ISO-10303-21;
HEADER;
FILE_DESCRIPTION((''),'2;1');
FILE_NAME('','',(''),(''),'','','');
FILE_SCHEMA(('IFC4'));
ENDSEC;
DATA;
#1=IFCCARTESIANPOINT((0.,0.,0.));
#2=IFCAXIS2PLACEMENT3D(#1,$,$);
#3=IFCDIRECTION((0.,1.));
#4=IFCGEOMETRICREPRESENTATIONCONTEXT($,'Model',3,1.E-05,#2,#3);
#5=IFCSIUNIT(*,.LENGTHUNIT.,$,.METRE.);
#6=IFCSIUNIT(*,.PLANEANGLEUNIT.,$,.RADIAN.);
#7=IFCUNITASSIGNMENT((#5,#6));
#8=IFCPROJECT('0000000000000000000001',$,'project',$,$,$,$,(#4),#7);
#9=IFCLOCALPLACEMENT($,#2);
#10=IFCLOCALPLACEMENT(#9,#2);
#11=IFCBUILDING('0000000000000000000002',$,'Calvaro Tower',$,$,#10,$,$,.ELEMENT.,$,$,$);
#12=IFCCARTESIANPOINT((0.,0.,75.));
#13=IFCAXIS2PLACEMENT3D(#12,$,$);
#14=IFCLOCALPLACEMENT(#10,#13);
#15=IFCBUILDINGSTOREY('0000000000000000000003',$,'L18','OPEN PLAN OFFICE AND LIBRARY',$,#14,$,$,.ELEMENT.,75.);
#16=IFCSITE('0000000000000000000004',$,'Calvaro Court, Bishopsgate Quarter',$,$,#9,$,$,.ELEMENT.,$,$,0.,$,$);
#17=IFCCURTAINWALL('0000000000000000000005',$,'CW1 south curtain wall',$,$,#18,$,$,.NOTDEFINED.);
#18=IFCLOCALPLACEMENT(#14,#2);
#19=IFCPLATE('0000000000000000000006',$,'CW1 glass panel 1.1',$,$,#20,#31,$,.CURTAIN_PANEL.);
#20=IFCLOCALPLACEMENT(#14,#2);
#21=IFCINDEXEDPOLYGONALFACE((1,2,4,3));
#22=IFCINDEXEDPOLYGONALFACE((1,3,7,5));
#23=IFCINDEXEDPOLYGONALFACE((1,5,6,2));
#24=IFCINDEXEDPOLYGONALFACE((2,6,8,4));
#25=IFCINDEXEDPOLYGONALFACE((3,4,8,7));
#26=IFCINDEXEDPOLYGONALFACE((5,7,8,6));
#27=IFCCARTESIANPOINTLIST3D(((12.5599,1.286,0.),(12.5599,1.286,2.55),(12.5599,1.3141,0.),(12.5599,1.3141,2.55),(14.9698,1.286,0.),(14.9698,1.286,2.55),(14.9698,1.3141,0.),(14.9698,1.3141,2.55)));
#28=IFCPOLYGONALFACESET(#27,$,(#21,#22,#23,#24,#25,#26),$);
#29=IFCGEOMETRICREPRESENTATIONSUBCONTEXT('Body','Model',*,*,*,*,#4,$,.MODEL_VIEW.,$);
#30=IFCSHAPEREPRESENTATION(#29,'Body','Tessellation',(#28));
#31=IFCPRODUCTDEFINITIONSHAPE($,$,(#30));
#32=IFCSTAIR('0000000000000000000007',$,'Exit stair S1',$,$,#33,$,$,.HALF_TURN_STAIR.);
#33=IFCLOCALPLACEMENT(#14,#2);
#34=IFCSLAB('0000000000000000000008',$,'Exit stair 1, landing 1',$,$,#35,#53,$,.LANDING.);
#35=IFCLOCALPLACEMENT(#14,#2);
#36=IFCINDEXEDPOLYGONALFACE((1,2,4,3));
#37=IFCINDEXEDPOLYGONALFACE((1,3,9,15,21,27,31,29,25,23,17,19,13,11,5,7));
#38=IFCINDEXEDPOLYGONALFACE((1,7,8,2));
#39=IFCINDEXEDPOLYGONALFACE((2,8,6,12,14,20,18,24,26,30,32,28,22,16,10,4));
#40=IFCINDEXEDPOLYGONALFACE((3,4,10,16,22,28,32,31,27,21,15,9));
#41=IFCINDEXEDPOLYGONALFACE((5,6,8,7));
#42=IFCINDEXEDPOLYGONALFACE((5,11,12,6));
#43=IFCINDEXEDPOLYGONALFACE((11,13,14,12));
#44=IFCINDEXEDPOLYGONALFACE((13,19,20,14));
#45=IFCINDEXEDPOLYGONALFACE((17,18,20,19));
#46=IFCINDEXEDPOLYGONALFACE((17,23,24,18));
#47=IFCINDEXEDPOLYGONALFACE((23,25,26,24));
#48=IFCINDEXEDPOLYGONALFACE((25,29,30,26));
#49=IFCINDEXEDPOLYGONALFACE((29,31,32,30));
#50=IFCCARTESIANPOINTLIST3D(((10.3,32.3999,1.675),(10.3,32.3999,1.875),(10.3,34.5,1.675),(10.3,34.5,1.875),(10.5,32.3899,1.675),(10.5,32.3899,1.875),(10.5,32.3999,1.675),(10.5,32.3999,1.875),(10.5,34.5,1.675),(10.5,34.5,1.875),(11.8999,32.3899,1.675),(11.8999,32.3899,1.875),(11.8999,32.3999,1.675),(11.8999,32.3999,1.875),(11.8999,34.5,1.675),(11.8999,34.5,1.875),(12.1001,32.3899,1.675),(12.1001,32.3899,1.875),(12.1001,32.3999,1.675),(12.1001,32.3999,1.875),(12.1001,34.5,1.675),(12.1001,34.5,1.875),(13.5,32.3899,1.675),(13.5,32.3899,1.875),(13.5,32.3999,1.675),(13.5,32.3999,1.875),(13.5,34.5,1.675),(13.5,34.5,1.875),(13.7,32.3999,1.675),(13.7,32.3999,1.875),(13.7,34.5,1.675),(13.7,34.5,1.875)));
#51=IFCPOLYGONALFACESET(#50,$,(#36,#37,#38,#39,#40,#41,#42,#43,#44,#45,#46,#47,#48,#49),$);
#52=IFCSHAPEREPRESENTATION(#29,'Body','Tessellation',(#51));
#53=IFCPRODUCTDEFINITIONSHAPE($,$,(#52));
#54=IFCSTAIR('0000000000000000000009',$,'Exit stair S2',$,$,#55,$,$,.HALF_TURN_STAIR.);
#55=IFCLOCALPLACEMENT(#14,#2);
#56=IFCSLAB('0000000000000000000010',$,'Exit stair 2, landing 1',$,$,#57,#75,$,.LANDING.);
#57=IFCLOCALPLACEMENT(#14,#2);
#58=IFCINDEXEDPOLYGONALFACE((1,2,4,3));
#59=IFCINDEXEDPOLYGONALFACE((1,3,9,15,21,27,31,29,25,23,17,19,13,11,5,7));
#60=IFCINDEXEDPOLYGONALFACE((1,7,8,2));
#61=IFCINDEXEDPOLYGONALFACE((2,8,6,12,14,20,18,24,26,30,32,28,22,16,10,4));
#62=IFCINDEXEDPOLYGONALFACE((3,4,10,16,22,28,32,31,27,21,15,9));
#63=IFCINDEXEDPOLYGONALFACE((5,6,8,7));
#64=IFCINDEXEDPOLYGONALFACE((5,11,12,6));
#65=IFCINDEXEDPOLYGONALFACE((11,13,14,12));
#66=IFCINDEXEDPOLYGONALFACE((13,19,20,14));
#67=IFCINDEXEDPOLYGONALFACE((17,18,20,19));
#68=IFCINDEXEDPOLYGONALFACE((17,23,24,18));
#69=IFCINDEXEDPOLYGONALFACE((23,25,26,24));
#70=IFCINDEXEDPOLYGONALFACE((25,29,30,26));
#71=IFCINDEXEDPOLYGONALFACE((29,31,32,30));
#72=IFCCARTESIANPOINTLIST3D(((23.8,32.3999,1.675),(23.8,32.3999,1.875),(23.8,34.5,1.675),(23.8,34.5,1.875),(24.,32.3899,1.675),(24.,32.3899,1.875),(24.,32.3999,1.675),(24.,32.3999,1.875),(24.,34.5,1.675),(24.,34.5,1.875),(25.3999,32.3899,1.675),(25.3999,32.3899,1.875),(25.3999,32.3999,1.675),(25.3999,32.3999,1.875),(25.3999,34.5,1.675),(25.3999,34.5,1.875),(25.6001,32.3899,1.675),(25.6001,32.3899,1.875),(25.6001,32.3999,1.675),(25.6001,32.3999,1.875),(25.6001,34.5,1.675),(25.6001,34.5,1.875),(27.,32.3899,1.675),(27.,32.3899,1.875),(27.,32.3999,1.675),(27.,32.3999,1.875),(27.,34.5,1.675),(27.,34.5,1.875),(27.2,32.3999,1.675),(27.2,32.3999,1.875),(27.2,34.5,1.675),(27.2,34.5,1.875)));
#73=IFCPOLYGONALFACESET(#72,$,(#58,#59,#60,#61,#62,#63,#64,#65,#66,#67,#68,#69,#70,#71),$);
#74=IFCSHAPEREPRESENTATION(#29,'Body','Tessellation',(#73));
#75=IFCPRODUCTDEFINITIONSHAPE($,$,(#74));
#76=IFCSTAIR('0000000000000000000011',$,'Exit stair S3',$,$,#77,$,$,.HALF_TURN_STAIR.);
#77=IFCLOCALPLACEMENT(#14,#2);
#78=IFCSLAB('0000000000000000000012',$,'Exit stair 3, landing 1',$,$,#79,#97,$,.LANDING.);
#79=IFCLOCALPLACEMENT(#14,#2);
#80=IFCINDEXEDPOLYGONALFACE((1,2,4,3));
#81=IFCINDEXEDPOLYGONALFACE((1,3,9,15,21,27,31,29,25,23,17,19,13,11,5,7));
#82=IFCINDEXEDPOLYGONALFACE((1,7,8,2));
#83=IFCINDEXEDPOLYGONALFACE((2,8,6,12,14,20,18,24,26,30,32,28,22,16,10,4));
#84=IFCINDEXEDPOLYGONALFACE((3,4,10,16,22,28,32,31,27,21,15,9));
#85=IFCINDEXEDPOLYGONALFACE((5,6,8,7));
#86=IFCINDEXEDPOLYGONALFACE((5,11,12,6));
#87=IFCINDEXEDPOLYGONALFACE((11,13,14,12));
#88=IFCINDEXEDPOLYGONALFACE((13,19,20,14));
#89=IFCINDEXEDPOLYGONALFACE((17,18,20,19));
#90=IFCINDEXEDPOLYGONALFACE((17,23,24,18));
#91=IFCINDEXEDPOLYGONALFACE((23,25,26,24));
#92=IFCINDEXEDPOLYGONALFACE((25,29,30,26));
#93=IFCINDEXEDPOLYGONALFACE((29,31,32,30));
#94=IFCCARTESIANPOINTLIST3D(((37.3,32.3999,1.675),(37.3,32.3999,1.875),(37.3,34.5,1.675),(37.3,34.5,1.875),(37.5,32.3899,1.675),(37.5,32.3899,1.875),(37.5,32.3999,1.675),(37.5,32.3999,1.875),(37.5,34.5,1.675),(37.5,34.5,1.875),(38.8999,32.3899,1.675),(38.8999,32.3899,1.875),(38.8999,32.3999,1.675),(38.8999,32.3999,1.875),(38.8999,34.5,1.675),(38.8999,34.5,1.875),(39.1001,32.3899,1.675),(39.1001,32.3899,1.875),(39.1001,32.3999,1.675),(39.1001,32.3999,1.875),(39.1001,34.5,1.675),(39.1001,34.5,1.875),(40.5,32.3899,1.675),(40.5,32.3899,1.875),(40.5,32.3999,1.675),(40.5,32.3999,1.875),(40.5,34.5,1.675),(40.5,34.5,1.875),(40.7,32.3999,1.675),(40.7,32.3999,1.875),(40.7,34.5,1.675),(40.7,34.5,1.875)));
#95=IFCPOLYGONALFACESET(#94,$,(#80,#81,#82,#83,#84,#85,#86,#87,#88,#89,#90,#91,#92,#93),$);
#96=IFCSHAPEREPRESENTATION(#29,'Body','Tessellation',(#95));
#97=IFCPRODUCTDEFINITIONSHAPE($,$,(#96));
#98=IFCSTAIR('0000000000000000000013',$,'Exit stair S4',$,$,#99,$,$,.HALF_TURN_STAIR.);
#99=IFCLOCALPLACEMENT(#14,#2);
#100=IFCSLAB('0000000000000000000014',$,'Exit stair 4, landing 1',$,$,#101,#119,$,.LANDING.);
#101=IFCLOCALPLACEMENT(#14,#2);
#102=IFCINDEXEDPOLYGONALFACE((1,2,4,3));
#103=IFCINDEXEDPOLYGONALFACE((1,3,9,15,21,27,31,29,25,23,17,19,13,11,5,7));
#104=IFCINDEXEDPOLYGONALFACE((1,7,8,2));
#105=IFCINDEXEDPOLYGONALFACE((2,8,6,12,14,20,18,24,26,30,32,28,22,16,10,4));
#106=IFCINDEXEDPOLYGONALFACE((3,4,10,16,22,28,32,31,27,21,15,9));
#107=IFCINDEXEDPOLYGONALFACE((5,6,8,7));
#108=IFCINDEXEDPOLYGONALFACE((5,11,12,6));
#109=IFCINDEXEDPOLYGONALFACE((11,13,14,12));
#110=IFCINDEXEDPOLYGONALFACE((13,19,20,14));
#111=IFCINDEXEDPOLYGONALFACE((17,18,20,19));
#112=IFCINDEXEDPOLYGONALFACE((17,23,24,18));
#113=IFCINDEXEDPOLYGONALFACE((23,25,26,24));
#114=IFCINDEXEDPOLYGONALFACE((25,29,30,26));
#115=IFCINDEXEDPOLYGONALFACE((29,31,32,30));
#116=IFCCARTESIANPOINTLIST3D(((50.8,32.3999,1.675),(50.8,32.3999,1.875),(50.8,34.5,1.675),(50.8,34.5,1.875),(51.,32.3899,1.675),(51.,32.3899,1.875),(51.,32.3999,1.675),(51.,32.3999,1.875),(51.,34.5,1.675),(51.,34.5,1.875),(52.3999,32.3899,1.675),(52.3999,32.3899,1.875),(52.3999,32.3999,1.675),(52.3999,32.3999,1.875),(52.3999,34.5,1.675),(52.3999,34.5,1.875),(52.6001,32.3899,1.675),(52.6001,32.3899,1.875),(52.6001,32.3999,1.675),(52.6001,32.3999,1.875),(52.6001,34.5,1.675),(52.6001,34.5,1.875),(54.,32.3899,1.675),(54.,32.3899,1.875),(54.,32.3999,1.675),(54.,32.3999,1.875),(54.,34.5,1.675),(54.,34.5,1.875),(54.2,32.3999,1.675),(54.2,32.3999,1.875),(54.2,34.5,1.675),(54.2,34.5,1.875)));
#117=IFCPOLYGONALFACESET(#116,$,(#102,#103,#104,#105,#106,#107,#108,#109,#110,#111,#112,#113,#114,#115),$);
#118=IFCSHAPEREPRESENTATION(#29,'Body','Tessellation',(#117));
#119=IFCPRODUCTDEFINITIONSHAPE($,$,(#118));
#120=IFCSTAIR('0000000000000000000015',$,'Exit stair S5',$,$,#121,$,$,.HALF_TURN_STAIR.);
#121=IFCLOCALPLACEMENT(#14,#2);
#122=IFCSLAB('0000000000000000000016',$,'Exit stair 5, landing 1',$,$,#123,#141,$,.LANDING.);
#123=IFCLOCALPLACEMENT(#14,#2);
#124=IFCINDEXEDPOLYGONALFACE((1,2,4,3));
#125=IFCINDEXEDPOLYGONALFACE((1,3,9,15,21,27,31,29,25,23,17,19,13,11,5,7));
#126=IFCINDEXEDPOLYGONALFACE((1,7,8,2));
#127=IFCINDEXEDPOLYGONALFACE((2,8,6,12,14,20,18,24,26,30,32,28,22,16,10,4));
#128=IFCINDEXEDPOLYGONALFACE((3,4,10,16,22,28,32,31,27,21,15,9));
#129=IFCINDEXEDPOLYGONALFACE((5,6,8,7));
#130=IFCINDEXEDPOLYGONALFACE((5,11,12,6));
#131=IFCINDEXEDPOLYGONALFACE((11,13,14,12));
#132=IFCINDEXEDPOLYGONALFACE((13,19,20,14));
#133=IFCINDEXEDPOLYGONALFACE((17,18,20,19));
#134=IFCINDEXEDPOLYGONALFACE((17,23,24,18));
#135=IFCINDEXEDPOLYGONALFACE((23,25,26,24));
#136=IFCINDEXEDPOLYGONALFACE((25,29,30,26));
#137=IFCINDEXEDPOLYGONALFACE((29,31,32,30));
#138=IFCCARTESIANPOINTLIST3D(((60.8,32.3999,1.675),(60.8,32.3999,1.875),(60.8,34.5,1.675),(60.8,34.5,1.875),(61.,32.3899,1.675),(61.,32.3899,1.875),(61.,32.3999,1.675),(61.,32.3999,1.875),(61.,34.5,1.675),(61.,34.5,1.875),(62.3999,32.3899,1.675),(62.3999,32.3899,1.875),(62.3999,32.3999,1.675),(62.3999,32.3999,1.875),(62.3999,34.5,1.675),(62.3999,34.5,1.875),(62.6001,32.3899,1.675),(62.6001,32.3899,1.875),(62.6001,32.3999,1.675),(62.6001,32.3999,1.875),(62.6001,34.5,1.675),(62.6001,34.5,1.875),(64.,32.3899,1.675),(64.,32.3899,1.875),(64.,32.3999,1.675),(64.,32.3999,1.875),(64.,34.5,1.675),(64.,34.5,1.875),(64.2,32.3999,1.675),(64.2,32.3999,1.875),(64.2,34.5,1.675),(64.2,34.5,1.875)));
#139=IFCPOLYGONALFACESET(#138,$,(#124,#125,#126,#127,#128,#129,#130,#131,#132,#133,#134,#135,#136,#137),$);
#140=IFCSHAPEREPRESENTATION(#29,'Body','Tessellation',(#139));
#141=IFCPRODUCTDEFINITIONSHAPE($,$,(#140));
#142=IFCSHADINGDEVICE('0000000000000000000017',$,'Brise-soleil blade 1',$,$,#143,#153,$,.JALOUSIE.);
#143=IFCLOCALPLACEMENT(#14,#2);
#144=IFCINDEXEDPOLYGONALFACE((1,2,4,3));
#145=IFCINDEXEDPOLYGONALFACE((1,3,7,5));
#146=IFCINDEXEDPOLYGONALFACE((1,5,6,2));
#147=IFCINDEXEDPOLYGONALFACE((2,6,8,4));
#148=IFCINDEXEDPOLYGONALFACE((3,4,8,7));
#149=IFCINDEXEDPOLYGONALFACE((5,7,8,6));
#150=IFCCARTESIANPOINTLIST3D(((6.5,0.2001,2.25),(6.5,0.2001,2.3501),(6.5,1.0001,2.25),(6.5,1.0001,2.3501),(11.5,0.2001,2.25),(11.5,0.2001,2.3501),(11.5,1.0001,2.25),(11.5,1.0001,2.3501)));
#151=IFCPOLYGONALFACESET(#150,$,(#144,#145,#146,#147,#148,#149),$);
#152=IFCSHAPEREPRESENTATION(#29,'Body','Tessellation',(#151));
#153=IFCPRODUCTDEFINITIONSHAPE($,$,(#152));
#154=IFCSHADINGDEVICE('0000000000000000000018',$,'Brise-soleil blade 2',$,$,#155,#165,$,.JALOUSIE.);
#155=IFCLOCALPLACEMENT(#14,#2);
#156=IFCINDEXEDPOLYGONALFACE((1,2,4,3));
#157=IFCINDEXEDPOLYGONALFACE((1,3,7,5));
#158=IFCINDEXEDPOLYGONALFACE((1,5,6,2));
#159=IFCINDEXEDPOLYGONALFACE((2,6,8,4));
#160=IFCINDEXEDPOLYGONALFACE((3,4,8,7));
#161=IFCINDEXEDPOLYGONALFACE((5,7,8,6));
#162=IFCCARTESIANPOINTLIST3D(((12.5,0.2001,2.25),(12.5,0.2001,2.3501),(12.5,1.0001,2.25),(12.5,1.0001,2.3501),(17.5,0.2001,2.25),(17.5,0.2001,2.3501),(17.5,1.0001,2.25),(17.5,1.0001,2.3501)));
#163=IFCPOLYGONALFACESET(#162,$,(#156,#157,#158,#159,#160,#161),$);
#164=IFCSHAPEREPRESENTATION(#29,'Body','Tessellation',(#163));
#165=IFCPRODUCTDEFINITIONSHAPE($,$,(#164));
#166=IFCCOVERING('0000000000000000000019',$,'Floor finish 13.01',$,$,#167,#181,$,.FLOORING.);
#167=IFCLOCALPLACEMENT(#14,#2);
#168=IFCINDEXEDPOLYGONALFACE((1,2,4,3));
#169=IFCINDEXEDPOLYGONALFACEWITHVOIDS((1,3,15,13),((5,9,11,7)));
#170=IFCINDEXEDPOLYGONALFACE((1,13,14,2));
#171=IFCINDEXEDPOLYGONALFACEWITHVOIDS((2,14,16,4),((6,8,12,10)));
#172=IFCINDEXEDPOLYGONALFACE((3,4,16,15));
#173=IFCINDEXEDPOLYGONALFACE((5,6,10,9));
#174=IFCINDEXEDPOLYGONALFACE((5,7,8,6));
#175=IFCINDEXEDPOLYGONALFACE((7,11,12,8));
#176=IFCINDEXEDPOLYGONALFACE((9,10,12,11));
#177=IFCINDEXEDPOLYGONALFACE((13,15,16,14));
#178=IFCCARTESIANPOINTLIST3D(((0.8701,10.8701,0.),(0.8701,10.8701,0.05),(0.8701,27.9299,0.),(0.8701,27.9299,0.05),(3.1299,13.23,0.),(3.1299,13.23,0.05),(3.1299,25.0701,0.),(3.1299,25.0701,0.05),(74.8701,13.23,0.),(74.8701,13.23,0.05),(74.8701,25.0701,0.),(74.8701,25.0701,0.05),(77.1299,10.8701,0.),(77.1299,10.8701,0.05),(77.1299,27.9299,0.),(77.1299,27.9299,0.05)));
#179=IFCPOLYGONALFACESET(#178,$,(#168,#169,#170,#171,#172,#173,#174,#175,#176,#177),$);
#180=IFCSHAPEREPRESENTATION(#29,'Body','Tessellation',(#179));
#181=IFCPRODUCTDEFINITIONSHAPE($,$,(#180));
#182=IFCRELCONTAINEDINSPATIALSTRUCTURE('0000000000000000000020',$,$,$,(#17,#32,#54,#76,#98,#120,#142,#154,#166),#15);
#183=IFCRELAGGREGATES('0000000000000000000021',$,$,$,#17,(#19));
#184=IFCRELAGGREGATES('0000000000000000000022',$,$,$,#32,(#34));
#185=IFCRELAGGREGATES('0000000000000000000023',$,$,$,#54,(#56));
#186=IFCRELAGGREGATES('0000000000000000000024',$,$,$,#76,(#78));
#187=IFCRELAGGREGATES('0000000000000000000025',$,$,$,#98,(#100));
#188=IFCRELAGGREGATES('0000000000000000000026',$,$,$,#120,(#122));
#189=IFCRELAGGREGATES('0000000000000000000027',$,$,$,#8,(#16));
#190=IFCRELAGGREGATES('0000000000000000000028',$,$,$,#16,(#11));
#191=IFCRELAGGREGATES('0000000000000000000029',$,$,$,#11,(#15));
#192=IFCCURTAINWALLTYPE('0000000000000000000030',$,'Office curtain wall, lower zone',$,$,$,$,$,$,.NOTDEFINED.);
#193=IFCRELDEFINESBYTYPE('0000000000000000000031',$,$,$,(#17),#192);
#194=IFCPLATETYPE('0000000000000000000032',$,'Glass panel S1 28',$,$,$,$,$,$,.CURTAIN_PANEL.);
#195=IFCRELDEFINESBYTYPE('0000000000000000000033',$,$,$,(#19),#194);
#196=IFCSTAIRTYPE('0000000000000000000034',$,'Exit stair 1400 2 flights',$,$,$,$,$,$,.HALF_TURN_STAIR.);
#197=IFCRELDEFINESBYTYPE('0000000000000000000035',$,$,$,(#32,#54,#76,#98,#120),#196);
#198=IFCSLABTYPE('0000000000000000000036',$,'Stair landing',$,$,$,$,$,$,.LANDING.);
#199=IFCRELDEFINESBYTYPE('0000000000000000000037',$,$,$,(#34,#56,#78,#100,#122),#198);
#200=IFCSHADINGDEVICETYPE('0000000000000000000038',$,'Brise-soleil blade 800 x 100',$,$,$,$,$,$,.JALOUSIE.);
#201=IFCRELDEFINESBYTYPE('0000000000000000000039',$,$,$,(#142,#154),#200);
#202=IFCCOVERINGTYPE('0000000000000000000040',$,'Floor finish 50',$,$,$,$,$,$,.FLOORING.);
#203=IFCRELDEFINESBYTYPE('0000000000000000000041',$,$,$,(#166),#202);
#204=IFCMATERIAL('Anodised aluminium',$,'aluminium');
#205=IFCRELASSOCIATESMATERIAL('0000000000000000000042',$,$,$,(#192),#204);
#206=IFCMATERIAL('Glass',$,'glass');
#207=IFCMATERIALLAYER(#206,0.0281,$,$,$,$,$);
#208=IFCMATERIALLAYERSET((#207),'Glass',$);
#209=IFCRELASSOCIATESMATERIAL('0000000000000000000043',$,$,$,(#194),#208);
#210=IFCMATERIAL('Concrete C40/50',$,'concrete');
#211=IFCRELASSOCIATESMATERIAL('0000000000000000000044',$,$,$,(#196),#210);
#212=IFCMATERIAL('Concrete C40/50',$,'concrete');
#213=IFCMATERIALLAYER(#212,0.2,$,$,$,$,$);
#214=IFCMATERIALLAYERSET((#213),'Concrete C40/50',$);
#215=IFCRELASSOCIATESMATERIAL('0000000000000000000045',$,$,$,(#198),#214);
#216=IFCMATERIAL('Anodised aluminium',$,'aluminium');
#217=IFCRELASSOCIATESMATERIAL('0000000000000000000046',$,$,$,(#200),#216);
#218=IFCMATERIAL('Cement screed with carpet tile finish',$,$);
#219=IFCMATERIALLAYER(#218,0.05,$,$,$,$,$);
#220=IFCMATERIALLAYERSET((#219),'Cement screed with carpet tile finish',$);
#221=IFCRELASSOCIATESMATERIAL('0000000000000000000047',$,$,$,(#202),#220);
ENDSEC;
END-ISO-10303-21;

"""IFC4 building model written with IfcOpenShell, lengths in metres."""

from ifc_helpers import new_model, si_unit, direction, frame, origin, origin_2d, place, context, subcontext, project, spatial, polyline, rectangle, outline, extrude, material, layer, layer_set, material_profile, profile_set, type_object, element, aggregate, save


model = new_model("IFC4")

# Units and contexts
model_context = context("Model", 3, precision=1e-05, world=origin(), true_north=direction((0.0, 1.0)))
body_context = subcontext(model_context, "Body", "Model", "MODEL_VIEW")
ifc_project = project(units=[si_unit("LENGTHUNIT", "METRE"), si_unit("PLANEANGLEUNIT", "RADIAN")], contexts=[model_context])

# Site, building, storey
site_placement = place(None, origin())
site = spatial("IfcSite", under=ifc_project, at=site_placement, Name="Calvaro Court, Bishopsgate Quarter", CompositionType="ELEMENT", RefElevation=0.0)
building_placement = place(site_placement, origin())
building = spatial("IfcBuilding", under=site, at=building_placement, Name="Calvaro Tower", CompositionType="ELEMENT")
storey_placement = place(building_placement, frame((0.0, 0.0, 75.0)))
storey = spatial("IfcBuildingStorey", under=building, at=storey_placement, Name="L18", Description="OPEN PLAN OFFICE AND LIBRARY", CompositionType="ELEMENT", Elevation=75.0)

# Shared definitions
ifc_material_1 = material(Name="Anodised aluminium", Category="aluminium")
curtain_wall_type = type_object("IfcCurtainWallType", Name="Office curtain wall, lower zone", PredefinedType="NOTDEFINED", material=ifc_material_1)

# Curtain wall
curtain_wall_1_placement = place(storey_placement, origin())
curtain_wall_1 = element("IfcCurtainWall", 1, at=curtain_wall_1_placement, inside=storey, type_object=curtain_wall_type, Name="CW1 south curtain wall", PredefinedType="NOTDEFINED")

# Plate
ifc_material_2 = material(Name="Glass", Category="glass")
ifc_layer_1 = layer(ifc_material_2, 0.0281)
ifc_layer_set_1 = layer_set([ifc_layer_1], Name="Glass")
plate_type = type_object("IfcPlateType", Name="Glass panel S1 28", PredefinedType="CURTAIN_PANEL", material=ifc_layer_set_1)
plate_1_placement = place(storey_placement, frame((13.7649, 1.3, 0.0), z_axis=(0.0, 0.0, 1.0), x_axis=(1.0, 0.0, 0.0)))
plate_1 = element("IfcPlate", 2, at=plate_1_placement, type_object=plate_type, Name="CW1 glass panel 1.1", PredefinedType="CURTAIN_PANEL", context=body_context, shape_type="SweptSolid", body=[
    extrude(rectangle(XDim=2.4099, YDim=0.0281, at=origin_2d()), origin(), (0.0, 0.0, 1.0), 2.55),
])
aggregate(curtain_wall_1, [plate_1])

# Stairs, slabs
ifc_material_3 = material(Name="Concrete C40/50", Category="concrete")
stair_type = type_object("IfcStairType", Name="Exit stair 1400 2 flights", PredefinedType="HALF_TURN_STAIR", material=ifc_material_3)
stair_1_placement = place(storey_placement, origin())
stair_1 = element("IfcStair", 3, at=stair_1_placement, inside=storey, type_object=stair_type, Name="Exit stair S1", PredefinedType="HALF_TURN_STAIR")
ifc_material_4 = material(Name="Concrete C40/50", Category="concrete")
ifc_layer_2 = layer(ifc_material_4, 0.2)
ifc_layer_set_2 = layer_set([ifc_layer_2], Name="Concrete C40/50")
slab_type_1 = type_object("IfcSlabType", Name="Stair landing", PredefinedType="LANDING", material=ifc_layer_set_2)
slab_1_placement = place(storey_placement, frame((0.0, 0.0, 1.675)))
slab_1 = element("IfcSlab", 4, at=slab_1_placement, type_object=slab_type_1, Name="Exit stair 1, landing 1", PredefinedType="LANDING", context=body_context, shape_type="SweptSolid", body=[
    extrude(outline(polyline([(11.8999, 32.3899), (10.5, 32.3899), (10.5, 32.3999), (10.3, 32.3999), (10.3, 34.5), (10.5, 34.5), (11.8999, 34.5), (12.1001, 34.5), (13.5, 34.5), (13.7, 34.5), (13.7, 32.3999), (13.5, 32.3999), (13.5, 32.3899), (12.1001, 32.3899), (12.1001, 32.3999), (11.8999, 32.3999), (11.8999, 32.3899)])), origin(), (0.0, 0.0, 1.0), 0.2),
])
aggregate(stair_1, [slab_1])
stair_2_placement = place(storey_placement, origin())
stair_2 = element("IfcStair", 5, at=stair_2_placement, inside=storey, type_object=stair_type, Name="Exit stair S2", PredefinedType="HALF_TURN_STAIR")
slab_2_placement = place(storey_placement, frame((0.0, 0.0, 1.675)))
slab_2 = element("IfcSlab", 6, at=slab_2_placement, type_object=slab_type_1, Name="Exit stair 2, landing 1", PredefinedType="LANDING", context=body_context, shape_type="SweptSolid", body=[
    extrude(outline(polyline([(25.3999, 32.3899), (24.0, 32.3899), (24.0, 32.3999), (23.8, 32.3999), (23.8, 34.5), (24.0, 34.5), (25.3999, 34.5), (25.6001, 34.5), (27.0, 34.5), (27.2, 34.5), (27.2, 32.3999), (27.0, 32.3999), (27.0, 32.3899), (25.6001, 32.3899), (25.6001, 32.3999), (25.3999, 32.3999), (25.3999, 32.3899)])), origin(), (0.0, 0.0, 1.0), 0.2),
])
aggregate(stair_2, [slab_2])
stair_3_placement = place(storey_placement, origin())
stair_3 = element("IfcStair", 7, at=stair_3_placement, inside=storey, type_object=stair_type, Name="Exit stair S3", PredefinedType="HALF_TURN_STAIR")
slab_3_placement = place(storey_placement, frame((0.0, 0.0, 1.675)))
slab_3 = element("IfcSlab", 8, at=slab_3_placement, type_object=slab_type_1, Name="Exit stair 3, landing 1", PredefinedType="LANDING", context=body_context, shape_type="SweptSolid", body=[
    extrude(outline(polyline([(38.8999, 32.3899), (37.5, 32.3899), (37.5, 32.3999), (37.3, 32.3999), (37.3, 34.5), (37.5, 34.5), (38.8999, 34.5), (39.1001, 34.5), (40.5, 34.5), (40.7, 34.5), (40.7, 32.3999), (40.5, 32.3999), (40.5, 32.3899), (39.1001, 32.3899), (39.1001, 32.3999), (38.8999, 32.3999), (38.8999, 32.3899)])), origin(), (0.0, 0.0, 1.0), 0.2),
])
aggregate(stair_3, [slab_3])
stair_4_placement = place(storey_placement, origin())
stair_4 = element("IfcStair", 9, at=stair_4_placement, inside=storey, type_object=stair_type, Name="Exit stair S4", PredefinedType="HALF_TURN_STAIR")
slab_4_placement = place(storey_placement, frame((0.0, 0.0, 1.675)))
slab_4 = element("IfcSlab", 10, at=slab_4_placement, type_object=slab_type_1, Name="Exit stair 4, landing 1", PredefinedType="LANDING", context=body_context, shape_type="SweptSolid", body=[
    extrude(outline(polyline([(52.3999, 32.3899), (51.0, 32.3899), (51.0, 32.3999), (50.8, 32.3999), (50.8, 34.5), (51.0, 34.5), (52.3999, 34.5), (52.6001, 34.5), (54.0, 34.5), (54.2, 34.5), (54.2, 32.3999), (54.0, 32.3999), (54.0, 32.3899), (52.6001, 32.3899), (52.6001, 32.3999), (52.3999, 32.3999), (52.3999, 32.3899)])), origin(), (0.0, 0.0, 1.0), 0.2),
])
aggregate(stair_4, [slab_4])
stair_5_placement = place(storey_placement, origin())
stair_5 = element("IfcStair", 11, at=stair_5_placement, inside=storey, type_object=stair_type, Name="Exit stair S5", PredefinedType="HALF_TURN_STAIR")
slab_5_placement = place(storey_placement, frame((0.0, 0.0, 1.675)))
slab_5 = element("IfcSlab", 12, at=slab_5_placement, type_object=slab_type_1, Name="Exit stair 5, landing 1", PredefinedType="LANDING", context=body_context, shape_type="SweptSolid", body=[
    extrude(outline(polyline([(62.3999, 32.3899), (61.0, 32.3899), (61.0, 32.3999), (60.8, 32.3999), (60.8, 34.5), (61.0, 34.5), (62.3999, 34.5), (62.6001, 34.5), (64.0, 34.5), (64.2, 34.5), (64.2, 32.3999), (64.0, 32.3999), (64.0, 32.3899), (62.6001, 32.3899), (62.6001, 32.3999), (62.3999, 32.3999), (62.3999, 32.3899)])), origin(), (0.0, 0.0, 1.0), 0.2),
])
aggregate(stair_5, [slab_5])

# Shading devices
ifc_material_5 = material(Name="Anodised aluminium", Category="aluminium")
ifc_material_profile_1 = material_profile(ifc_material_5, rectangle(XDim=0.8, YDim=0.1001, at=origin_2d()), Name="Brise-soleil blade 800 x 100")
ifc_profile_set_1 = profile_set([ifc_material_profile_1], Name="Anodised aluminium")
shading_device_type = type_object("IfcShadingDeviceType", Name="Brise-soleil blade 800 x 100", PredefinedType="JALOUSIE", material=ifc_profile_set_1)
for number, where, z_axis, x_axis, name in (
    (13, (6.5, 0.6001, 2.3), (1.0, 0.0, 0.0), (0.0, 1.0, 0.0), "Brise-soleil blade 1"),
    (14, (12.5, 0.6001, 2.3), (1.0, 0.0, 0.0), (0.0, 1.0, 0.0), "Brise-soleil blade 2"),
):
    element("IfcShadingDevice", number, at=place(storey_placement, frame(where, z_axis=z_axis, x_axis=x_axis)), inside=storey, type_object=shading_device_type, Name=name, PredefinedType="JALOUSIE", context=body_context, shape_type="SweptSolid", body=[
        extrude(rectangle(XDim=0.8, YDim=0.1001, at=origin_2d()), origin(), (0.0, 0.0, 1.0), 5.0),
    ])

# Covering
ifc_material_6 = material(Name="Cement screed with carpet tile finish")
ifc_layer_3 = layer(ifc_material_6, 0.05)
ifc_layer_set_3 = layer_set([ifc_layer_3], Name="Cement screed with carpet tile finish")
covering_type = type_object("IfcCoveringType", Name="Floor finish 50", PredefinedType="FLOORING", material=ifc_layer_set_3)
covering_1_placement = place(storey_placement, origin())
element("IfcCovering", 15, at=covering_1_placement, inside=storey, type_object=covering_type, Name="Floor finish 13.01", PredefinedType="FLOORING", context=body_context, shape_type="SweptSolid", body=[
    extrude(outline(polyline([(0.8701, 10.8701), (0.8701, 27.9299), (77.1299, 27.9299), (77.1299, 10.8701), (0.8701, 10.8701)]), holes=[polyline([(74.8701, 13.23), (74.8701, 25.0701), (3.1299, 25.0701), (3.1299, 13.23), (74.8701, 13.23)])]), origin(), (0.0, 0.0, 1.0), 0.05),
])

save(model, "model.ifc")
